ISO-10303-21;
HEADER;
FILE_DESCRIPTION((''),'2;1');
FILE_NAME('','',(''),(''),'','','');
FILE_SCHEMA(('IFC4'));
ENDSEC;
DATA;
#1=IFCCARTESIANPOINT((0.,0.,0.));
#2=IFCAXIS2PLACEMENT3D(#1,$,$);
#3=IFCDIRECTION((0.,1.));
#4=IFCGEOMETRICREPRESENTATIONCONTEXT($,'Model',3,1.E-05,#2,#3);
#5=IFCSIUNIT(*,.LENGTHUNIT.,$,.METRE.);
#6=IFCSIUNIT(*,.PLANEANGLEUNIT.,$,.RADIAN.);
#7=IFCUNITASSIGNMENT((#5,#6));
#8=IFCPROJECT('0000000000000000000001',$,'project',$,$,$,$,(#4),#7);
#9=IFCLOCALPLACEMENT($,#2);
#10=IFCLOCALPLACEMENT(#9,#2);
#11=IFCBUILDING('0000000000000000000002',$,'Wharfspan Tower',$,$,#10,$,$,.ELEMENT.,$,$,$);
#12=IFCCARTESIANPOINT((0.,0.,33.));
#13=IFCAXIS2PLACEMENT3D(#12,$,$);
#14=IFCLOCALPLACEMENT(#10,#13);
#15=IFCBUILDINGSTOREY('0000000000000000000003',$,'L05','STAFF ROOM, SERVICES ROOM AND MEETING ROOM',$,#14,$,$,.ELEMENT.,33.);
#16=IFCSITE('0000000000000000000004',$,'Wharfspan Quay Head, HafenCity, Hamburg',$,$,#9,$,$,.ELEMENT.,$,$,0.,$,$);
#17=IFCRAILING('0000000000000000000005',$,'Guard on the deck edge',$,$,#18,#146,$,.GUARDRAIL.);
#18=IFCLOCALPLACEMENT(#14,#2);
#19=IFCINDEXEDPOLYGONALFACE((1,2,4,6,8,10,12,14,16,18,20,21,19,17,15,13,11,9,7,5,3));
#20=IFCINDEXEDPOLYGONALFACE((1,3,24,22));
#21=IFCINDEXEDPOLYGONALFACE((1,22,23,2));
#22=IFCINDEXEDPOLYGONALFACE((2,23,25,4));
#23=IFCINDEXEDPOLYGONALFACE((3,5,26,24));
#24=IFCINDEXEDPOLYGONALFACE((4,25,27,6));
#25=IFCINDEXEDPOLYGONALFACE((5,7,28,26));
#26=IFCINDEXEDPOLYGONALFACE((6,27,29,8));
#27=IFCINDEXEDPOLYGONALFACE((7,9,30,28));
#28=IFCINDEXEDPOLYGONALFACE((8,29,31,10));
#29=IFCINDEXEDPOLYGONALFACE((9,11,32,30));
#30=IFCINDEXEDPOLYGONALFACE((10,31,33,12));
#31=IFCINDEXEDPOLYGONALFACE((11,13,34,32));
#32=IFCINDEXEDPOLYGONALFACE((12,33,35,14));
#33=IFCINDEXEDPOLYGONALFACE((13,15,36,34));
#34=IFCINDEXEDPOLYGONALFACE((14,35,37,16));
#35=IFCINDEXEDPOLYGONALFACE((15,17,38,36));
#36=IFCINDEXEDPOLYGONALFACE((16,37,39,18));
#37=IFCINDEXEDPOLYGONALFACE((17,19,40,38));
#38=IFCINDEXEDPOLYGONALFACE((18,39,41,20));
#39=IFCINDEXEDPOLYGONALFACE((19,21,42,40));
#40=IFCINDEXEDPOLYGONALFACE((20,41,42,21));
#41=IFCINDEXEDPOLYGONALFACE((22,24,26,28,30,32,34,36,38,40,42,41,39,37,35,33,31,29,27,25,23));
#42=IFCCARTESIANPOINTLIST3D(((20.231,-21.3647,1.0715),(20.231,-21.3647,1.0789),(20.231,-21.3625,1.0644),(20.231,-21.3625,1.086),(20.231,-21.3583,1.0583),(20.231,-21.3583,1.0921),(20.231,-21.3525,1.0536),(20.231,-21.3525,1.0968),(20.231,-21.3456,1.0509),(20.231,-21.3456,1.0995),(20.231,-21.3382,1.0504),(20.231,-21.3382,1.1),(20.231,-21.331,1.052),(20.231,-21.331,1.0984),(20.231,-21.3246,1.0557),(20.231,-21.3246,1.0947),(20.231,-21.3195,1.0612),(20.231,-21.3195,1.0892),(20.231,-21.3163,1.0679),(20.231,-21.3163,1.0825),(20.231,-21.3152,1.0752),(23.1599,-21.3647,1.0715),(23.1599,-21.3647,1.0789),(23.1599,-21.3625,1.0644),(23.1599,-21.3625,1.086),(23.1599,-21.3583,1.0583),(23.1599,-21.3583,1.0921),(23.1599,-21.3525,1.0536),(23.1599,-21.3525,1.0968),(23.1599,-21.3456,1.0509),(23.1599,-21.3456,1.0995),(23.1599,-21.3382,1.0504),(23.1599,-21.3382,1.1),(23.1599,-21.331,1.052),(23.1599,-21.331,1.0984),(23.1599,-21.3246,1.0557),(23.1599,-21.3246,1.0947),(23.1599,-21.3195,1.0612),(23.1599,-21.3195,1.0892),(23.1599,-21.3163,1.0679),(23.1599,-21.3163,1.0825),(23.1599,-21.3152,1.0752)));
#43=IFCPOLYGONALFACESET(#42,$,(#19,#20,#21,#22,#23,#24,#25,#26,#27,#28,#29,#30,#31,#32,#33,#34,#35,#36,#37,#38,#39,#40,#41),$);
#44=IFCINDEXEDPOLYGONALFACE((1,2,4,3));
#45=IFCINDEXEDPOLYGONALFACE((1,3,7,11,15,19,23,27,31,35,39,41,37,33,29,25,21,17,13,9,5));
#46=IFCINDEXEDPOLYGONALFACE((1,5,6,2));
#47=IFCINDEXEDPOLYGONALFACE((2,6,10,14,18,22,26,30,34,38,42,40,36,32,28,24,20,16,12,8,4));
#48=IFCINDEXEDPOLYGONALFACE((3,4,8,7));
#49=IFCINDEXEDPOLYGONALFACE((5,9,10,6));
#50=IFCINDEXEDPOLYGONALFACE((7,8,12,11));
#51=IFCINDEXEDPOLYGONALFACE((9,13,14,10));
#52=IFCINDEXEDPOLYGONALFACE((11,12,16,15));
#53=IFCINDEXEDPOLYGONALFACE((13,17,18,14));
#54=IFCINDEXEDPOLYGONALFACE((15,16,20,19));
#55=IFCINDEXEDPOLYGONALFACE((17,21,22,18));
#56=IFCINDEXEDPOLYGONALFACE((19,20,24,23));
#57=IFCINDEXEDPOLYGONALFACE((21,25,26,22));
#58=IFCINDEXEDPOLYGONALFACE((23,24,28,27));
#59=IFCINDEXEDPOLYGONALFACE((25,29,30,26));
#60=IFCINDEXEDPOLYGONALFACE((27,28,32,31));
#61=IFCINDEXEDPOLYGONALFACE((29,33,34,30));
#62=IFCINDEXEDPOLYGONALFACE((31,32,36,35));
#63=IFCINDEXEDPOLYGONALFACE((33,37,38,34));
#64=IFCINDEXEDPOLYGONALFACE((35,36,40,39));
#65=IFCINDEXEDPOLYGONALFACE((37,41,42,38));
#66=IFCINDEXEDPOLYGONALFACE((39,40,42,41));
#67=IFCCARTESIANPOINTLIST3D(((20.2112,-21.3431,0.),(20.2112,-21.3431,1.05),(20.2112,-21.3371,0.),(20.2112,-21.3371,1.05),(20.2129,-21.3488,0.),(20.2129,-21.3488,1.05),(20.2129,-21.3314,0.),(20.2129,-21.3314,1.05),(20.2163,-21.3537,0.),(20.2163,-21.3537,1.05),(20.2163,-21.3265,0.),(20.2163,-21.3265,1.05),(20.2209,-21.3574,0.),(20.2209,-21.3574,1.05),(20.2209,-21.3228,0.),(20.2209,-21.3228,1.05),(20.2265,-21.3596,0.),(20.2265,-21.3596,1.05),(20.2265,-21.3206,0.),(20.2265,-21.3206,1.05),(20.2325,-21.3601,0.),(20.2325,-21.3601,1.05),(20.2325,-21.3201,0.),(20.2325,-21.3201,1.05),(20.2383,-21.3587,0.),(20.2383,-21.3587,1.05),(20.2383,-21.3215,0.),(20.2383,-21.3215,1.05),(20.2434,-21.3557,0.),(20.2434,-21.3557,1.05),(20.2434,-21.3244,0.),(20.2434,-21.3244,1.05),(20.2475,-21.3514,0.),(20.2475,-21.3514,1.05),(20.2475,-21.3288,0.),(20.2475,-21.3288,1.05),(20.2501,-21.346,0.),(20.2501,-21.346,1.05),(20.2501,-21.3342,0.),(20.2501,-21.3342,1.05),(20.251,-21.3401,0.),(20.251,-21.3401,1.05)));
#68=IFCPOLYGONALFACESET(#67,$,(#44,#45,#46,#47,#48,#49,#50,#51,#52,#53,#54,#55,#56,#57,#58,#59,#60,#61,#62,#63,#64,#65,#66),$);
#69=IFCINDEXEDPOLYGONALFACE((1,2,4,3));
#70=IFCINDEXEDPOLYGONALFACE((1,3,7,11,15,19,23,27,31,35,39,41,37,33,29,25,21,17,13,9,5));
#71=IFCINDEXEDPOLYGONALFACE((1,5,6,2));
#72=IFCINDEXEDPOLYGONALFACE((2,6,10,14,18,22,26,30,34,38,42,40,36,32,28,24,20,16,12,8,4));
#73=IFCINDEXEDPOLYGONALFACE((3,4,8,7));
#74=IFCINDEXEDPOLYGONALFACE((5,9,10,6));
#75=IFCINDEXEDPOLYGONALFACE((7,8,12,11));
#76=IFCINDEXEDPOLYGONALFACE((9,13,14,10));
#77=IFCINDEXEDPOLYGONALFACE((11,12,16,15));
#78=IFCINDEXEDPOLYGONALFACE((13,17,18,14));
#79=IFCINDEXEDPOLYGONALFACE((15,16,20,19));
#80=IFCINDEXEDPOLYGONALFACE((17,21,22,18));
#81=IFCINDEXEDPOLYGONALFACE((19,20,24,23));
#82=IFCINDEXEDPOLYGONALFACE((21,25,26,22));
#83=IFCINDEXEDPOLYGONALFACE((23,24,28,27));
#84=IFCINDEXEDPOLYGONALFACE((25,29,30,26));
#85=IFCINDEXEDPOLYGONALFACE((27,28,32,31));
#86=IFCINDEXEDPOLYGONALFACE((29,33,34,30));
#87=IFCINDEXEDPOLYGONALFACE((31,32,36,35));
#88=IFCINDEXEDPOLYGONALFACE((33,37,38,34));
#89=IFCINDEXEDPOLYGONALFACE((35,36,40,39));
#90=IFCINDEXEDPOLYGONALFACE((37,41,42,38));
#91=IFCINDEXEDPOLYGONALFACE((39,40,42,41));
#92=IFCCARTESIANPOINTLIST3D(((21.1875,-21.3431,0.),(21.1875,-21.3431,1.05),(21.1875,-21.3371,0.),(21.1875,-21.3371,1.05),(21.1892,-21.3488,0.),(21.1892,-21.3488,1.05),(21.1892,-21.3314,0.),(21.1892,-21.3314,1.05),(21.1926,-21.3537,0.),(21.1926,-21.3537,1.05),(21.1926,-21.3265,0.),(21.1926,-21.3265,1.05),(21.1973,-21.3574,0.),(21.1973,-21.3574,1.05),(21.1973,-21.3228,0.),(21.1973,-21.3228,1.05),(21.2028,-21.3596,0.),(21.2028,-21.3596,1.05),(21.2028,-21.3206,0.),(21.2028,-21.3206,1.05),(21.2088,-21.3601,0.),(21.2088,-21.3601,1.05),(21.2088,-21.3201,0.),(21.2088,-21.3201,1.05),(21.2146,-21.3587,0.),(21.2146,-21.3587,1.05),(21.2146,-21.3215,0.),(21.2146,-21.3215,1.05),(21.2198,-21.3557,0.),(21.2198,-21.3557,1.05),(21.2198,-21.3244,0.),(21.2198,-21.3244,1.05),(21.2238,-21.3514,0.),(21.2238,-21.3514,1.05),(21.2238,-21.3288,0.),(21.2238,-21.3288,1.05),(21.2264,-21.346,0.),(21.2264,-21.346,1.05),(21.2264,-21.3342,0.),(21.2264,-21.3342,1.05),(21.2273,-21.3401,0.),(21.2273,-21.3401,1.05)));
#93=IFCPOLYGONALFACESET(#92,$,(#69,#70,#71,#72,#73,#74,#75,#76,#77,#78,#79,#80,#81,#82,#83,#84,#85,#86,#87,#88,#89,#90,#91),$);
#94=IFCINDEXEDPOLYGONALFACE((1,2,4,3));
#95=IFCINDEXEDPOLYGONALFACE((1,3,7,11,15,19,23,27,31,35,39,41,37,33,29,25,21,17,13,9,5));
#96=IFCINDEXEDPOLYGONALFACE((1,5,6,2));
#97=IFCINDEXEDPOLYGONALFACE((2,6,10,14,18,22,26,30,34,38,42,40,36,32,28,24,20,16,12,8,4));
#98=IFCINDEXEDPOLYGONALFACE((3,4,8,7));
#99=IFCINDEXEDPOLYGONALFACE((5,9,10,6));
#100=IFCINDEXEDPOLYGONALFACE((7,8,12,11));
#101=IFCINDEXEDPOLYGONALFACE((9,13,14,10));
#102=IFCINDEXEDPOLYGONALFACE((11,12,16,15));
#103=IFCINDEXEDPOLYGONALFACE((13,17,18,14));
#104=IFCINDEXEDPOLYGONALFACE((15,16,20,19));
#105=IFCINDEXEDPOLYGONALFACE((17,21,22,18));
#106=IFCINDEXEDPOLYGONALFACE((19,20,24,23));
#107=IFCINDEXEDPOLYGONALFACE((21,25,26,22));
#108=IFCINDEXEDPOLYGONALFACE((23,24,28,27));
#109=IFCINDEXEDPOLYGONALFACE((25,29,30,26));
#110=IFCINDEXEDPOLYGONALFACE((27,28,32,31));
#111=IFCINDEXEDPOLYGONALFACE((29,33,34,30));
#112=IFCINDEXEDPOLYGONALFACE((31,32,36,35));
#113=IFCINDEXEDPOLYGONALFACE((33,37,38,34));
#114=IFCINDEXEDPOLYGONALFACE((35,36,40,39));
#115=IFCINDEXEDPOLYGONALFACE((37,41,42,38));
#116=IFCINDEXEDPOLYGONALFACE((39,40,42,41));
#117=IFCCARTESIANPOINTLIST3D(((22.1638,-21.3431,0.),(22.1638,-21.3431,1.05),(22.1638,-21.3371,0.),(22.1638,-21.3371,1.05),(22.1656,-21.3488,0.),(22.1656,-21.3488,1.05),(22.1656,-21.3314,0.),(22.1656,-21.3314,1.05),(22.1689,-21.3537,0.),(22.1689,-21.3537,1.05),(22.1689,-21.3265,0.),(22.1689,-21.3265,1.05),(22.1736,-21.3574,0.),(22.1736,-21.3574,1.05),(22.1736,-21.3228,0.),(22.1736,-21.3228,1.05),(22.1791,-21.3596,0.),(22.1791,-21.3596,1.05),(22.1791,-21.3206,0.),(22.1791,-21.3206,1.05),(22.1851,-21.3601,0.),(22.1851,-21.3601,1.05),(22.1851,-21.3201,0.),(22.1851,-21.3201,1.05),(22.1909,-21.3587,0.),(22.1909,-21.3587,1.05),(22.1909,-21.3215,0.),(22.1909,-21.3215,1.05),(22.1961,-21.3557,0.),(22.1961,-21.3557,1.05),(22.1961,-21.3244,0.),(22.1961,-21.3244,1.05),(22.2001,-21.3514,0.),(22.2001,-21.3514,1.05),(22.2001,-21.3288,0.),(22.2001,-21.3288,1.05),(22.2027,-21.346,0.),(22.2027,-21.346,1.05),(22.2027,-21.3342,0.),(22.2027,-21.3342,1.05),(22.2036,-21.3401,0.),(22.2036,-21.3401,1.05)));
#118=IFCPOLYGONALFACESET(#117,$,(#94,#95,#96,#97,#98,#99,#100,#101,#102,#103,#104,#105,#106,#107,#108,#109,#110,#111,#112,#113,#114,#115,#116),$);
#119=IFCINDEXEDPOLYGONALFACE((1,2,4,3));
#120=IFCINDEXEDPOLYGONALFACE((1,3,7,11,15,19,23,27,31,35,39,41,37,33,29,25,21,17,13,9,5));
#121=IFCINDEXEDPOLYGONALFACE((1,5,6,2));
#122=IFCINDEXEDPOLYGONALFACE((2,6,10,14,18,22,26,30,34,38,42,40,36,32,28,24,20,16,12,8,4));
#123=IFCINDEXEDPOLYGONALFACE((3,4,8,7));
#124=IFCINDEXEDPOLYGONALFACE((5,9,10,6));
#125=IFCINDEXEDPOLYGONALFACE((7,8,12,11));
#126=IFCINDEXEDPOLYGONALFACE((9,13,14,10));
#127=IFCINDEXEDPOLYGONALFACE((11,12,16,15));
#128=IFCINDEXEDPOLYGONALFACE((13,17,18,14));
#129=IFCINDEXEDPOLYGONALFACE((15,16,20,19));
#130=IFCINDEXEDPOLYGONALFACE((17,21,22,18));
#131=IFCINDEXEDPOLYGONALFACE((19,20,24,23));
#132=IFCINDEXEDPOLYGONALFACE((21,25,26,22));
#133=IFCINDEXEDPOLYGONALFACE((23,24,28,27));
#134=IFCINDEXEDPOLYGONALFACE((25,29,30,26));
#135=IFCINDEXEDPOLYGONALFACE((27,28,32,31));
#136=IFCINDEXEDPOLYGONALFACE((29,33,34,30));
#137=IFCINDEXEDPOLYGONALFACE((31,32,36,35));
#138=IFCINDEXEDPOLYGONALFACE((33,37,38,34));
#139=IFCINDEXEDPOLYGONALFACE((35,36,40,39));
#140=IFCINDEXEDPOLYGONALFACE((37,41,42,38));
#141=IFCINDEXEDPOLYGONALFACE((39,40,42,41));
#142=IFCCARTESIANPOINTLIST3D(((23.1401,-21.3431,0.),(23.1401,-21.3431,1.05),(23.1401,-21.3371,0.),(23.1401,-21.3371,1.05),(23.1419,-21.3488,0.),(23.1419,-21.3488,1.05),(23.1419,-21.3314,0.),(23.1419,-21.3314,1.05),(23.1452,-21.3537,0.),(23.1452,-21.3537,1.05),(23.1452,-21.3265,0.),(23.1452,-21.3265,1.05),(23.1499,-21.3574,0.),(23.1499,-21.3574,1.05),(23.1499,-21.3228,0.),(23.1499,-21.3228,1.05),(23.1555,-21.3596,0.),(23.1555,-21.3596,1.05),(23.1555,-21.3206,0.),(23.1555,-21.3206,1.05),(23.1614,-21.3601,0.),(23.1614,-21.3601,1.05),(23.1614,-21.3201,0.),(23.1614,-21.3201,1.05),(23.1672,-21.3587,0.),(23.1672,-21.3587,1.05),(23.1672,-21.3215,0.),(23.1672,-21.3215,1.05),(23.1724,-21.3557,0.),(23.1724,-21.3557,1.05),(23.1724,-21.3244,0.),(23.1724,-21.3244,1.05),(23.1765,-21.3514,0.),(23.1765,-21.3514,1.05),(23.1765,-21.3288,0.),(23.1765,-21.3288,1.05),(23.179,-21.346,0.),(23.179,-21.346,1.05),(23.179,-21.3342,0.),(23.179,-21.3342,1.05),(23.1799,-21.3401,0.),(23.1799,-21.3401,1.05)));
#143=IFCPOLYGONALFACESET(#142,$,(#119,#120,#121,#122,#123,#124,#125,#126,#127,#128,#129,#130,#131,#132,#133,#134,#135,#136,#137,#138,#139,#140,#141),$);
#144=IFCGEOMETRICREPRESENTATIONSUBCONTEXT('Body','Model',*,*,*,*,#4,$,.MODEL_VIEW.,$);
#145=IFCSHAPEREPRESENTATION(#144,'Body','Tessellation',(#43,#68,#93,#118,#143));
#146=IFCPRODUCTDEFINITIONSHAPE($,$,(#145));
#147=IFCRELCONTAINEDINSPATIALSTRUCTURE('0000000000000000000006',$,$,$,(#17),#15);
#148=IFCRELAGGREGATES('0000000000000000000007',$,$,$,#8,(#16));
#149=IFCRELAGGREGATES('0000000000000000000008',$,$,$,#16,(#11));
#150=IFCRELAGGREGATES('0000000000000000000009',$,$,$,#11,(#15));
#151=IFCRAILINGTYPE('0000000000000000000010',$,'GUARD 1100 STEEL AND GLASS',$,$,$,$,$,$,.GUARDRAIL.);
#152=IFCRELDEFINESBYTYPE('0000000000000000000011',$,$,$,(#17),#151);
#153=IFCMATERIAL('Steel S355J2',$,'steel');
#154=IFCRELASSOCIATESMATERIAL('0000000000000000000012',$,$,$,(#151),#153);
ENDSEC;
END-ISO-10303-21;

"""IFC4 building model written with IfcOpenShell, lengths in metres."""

from ifc_helpers import new_model, si_unit, direction, frame, origin, origin_2d, place, context, subcontext, project, spatial, circle, extrude, material, type_object, element, save


model = new_model("IFC4")

# Units and contexts
model_context = context("Model", 3, precision=1e-05, world=origin(), true_north=direction((0.0, 1.0)))
body_context = subcontext(model_context, "Body", "Model", "MODEL_VIEW")
ifc_project = project(units=[si_unit("LENGTHUNIT", "METRE"), si_unit("PLANEANGLEUNIT", "RADIAN")], contexts=[model_context])

# Site, building, storey
site_placement = place(None, origin())
site = spatial("IfcSite", under=ifc_project, at=site_placement, Name="Wharfspan Quay Head, HafenCity, Hamburg", CompositionType="ELEMENT", RefElevation=0.0)
building_placement = place(site_placement, origin())
building = spatial("IfcBuilding", under=site, at=building_placement, Name="Wharfspan Tower", CompositionType="ELEMENT")
storey_placement = place(building_placement, frame((0.0, 0.0, 33.0)))
storey = spatial("IfcBuildingStorey", under=building, at=storey_placement, Name="L05", Description="STAFF ROOM, SERVICES ROOM AND MEETING ROOM", CompositionType="ELEMENT", Elevation=33.0)

# Railing
ifc_material_1 = material(Name="Steel S355J2", Category="steel")
railing_type = type_object("IfcRailingType", Name="GUARD 1100 STEEL AND GLASS", PredefinedType="GUARDRAIL", material=ifc_material_1)
railing_1_placement = place(storey_placement, frame((20.231, -21.3401, 0.0)))
element("IfcRailing", 1, at=railing_1_placement, inside=storey, type_object=railing_type, Name="Guard on the deck edge", PredefinedType="GUARDRAIL", context=body_context, shape_type="SweptSolid", body=[
    extrude(circle(Radius=0.0249, at=origin_2d()), frame((0.0, 0.0, 1.0752), z_axis=(1.0, 0.0, 0.0), x_axis=(0.0, 1.0, 0.0)), (0.0, 0.0, 1.0), 2.929),
    extrude(circle(Radius=0.02, at=origin_2d()), origin(), (0.0, 0.0, 1.0), 1.05),
    extrude(circle(Radius=0.02, at=origin_2d()), frame((0.9763, 0.0, 0.0)), (0.0, 0.0, 1.0), 1.05),
    extrude(circle(Radius=0.02, at=origin_2d()), frame((1.9526, 0.0, 0.0)), (0.0, 0.0, 1.0), 1.05),
    extrude(circle(Radius=0.02, at=origin_2d()), frame((2.929, 0.0, 0.0)), (0.0, 0.0, 1.0), 1.05),
])

save(model, "model.ifc")
